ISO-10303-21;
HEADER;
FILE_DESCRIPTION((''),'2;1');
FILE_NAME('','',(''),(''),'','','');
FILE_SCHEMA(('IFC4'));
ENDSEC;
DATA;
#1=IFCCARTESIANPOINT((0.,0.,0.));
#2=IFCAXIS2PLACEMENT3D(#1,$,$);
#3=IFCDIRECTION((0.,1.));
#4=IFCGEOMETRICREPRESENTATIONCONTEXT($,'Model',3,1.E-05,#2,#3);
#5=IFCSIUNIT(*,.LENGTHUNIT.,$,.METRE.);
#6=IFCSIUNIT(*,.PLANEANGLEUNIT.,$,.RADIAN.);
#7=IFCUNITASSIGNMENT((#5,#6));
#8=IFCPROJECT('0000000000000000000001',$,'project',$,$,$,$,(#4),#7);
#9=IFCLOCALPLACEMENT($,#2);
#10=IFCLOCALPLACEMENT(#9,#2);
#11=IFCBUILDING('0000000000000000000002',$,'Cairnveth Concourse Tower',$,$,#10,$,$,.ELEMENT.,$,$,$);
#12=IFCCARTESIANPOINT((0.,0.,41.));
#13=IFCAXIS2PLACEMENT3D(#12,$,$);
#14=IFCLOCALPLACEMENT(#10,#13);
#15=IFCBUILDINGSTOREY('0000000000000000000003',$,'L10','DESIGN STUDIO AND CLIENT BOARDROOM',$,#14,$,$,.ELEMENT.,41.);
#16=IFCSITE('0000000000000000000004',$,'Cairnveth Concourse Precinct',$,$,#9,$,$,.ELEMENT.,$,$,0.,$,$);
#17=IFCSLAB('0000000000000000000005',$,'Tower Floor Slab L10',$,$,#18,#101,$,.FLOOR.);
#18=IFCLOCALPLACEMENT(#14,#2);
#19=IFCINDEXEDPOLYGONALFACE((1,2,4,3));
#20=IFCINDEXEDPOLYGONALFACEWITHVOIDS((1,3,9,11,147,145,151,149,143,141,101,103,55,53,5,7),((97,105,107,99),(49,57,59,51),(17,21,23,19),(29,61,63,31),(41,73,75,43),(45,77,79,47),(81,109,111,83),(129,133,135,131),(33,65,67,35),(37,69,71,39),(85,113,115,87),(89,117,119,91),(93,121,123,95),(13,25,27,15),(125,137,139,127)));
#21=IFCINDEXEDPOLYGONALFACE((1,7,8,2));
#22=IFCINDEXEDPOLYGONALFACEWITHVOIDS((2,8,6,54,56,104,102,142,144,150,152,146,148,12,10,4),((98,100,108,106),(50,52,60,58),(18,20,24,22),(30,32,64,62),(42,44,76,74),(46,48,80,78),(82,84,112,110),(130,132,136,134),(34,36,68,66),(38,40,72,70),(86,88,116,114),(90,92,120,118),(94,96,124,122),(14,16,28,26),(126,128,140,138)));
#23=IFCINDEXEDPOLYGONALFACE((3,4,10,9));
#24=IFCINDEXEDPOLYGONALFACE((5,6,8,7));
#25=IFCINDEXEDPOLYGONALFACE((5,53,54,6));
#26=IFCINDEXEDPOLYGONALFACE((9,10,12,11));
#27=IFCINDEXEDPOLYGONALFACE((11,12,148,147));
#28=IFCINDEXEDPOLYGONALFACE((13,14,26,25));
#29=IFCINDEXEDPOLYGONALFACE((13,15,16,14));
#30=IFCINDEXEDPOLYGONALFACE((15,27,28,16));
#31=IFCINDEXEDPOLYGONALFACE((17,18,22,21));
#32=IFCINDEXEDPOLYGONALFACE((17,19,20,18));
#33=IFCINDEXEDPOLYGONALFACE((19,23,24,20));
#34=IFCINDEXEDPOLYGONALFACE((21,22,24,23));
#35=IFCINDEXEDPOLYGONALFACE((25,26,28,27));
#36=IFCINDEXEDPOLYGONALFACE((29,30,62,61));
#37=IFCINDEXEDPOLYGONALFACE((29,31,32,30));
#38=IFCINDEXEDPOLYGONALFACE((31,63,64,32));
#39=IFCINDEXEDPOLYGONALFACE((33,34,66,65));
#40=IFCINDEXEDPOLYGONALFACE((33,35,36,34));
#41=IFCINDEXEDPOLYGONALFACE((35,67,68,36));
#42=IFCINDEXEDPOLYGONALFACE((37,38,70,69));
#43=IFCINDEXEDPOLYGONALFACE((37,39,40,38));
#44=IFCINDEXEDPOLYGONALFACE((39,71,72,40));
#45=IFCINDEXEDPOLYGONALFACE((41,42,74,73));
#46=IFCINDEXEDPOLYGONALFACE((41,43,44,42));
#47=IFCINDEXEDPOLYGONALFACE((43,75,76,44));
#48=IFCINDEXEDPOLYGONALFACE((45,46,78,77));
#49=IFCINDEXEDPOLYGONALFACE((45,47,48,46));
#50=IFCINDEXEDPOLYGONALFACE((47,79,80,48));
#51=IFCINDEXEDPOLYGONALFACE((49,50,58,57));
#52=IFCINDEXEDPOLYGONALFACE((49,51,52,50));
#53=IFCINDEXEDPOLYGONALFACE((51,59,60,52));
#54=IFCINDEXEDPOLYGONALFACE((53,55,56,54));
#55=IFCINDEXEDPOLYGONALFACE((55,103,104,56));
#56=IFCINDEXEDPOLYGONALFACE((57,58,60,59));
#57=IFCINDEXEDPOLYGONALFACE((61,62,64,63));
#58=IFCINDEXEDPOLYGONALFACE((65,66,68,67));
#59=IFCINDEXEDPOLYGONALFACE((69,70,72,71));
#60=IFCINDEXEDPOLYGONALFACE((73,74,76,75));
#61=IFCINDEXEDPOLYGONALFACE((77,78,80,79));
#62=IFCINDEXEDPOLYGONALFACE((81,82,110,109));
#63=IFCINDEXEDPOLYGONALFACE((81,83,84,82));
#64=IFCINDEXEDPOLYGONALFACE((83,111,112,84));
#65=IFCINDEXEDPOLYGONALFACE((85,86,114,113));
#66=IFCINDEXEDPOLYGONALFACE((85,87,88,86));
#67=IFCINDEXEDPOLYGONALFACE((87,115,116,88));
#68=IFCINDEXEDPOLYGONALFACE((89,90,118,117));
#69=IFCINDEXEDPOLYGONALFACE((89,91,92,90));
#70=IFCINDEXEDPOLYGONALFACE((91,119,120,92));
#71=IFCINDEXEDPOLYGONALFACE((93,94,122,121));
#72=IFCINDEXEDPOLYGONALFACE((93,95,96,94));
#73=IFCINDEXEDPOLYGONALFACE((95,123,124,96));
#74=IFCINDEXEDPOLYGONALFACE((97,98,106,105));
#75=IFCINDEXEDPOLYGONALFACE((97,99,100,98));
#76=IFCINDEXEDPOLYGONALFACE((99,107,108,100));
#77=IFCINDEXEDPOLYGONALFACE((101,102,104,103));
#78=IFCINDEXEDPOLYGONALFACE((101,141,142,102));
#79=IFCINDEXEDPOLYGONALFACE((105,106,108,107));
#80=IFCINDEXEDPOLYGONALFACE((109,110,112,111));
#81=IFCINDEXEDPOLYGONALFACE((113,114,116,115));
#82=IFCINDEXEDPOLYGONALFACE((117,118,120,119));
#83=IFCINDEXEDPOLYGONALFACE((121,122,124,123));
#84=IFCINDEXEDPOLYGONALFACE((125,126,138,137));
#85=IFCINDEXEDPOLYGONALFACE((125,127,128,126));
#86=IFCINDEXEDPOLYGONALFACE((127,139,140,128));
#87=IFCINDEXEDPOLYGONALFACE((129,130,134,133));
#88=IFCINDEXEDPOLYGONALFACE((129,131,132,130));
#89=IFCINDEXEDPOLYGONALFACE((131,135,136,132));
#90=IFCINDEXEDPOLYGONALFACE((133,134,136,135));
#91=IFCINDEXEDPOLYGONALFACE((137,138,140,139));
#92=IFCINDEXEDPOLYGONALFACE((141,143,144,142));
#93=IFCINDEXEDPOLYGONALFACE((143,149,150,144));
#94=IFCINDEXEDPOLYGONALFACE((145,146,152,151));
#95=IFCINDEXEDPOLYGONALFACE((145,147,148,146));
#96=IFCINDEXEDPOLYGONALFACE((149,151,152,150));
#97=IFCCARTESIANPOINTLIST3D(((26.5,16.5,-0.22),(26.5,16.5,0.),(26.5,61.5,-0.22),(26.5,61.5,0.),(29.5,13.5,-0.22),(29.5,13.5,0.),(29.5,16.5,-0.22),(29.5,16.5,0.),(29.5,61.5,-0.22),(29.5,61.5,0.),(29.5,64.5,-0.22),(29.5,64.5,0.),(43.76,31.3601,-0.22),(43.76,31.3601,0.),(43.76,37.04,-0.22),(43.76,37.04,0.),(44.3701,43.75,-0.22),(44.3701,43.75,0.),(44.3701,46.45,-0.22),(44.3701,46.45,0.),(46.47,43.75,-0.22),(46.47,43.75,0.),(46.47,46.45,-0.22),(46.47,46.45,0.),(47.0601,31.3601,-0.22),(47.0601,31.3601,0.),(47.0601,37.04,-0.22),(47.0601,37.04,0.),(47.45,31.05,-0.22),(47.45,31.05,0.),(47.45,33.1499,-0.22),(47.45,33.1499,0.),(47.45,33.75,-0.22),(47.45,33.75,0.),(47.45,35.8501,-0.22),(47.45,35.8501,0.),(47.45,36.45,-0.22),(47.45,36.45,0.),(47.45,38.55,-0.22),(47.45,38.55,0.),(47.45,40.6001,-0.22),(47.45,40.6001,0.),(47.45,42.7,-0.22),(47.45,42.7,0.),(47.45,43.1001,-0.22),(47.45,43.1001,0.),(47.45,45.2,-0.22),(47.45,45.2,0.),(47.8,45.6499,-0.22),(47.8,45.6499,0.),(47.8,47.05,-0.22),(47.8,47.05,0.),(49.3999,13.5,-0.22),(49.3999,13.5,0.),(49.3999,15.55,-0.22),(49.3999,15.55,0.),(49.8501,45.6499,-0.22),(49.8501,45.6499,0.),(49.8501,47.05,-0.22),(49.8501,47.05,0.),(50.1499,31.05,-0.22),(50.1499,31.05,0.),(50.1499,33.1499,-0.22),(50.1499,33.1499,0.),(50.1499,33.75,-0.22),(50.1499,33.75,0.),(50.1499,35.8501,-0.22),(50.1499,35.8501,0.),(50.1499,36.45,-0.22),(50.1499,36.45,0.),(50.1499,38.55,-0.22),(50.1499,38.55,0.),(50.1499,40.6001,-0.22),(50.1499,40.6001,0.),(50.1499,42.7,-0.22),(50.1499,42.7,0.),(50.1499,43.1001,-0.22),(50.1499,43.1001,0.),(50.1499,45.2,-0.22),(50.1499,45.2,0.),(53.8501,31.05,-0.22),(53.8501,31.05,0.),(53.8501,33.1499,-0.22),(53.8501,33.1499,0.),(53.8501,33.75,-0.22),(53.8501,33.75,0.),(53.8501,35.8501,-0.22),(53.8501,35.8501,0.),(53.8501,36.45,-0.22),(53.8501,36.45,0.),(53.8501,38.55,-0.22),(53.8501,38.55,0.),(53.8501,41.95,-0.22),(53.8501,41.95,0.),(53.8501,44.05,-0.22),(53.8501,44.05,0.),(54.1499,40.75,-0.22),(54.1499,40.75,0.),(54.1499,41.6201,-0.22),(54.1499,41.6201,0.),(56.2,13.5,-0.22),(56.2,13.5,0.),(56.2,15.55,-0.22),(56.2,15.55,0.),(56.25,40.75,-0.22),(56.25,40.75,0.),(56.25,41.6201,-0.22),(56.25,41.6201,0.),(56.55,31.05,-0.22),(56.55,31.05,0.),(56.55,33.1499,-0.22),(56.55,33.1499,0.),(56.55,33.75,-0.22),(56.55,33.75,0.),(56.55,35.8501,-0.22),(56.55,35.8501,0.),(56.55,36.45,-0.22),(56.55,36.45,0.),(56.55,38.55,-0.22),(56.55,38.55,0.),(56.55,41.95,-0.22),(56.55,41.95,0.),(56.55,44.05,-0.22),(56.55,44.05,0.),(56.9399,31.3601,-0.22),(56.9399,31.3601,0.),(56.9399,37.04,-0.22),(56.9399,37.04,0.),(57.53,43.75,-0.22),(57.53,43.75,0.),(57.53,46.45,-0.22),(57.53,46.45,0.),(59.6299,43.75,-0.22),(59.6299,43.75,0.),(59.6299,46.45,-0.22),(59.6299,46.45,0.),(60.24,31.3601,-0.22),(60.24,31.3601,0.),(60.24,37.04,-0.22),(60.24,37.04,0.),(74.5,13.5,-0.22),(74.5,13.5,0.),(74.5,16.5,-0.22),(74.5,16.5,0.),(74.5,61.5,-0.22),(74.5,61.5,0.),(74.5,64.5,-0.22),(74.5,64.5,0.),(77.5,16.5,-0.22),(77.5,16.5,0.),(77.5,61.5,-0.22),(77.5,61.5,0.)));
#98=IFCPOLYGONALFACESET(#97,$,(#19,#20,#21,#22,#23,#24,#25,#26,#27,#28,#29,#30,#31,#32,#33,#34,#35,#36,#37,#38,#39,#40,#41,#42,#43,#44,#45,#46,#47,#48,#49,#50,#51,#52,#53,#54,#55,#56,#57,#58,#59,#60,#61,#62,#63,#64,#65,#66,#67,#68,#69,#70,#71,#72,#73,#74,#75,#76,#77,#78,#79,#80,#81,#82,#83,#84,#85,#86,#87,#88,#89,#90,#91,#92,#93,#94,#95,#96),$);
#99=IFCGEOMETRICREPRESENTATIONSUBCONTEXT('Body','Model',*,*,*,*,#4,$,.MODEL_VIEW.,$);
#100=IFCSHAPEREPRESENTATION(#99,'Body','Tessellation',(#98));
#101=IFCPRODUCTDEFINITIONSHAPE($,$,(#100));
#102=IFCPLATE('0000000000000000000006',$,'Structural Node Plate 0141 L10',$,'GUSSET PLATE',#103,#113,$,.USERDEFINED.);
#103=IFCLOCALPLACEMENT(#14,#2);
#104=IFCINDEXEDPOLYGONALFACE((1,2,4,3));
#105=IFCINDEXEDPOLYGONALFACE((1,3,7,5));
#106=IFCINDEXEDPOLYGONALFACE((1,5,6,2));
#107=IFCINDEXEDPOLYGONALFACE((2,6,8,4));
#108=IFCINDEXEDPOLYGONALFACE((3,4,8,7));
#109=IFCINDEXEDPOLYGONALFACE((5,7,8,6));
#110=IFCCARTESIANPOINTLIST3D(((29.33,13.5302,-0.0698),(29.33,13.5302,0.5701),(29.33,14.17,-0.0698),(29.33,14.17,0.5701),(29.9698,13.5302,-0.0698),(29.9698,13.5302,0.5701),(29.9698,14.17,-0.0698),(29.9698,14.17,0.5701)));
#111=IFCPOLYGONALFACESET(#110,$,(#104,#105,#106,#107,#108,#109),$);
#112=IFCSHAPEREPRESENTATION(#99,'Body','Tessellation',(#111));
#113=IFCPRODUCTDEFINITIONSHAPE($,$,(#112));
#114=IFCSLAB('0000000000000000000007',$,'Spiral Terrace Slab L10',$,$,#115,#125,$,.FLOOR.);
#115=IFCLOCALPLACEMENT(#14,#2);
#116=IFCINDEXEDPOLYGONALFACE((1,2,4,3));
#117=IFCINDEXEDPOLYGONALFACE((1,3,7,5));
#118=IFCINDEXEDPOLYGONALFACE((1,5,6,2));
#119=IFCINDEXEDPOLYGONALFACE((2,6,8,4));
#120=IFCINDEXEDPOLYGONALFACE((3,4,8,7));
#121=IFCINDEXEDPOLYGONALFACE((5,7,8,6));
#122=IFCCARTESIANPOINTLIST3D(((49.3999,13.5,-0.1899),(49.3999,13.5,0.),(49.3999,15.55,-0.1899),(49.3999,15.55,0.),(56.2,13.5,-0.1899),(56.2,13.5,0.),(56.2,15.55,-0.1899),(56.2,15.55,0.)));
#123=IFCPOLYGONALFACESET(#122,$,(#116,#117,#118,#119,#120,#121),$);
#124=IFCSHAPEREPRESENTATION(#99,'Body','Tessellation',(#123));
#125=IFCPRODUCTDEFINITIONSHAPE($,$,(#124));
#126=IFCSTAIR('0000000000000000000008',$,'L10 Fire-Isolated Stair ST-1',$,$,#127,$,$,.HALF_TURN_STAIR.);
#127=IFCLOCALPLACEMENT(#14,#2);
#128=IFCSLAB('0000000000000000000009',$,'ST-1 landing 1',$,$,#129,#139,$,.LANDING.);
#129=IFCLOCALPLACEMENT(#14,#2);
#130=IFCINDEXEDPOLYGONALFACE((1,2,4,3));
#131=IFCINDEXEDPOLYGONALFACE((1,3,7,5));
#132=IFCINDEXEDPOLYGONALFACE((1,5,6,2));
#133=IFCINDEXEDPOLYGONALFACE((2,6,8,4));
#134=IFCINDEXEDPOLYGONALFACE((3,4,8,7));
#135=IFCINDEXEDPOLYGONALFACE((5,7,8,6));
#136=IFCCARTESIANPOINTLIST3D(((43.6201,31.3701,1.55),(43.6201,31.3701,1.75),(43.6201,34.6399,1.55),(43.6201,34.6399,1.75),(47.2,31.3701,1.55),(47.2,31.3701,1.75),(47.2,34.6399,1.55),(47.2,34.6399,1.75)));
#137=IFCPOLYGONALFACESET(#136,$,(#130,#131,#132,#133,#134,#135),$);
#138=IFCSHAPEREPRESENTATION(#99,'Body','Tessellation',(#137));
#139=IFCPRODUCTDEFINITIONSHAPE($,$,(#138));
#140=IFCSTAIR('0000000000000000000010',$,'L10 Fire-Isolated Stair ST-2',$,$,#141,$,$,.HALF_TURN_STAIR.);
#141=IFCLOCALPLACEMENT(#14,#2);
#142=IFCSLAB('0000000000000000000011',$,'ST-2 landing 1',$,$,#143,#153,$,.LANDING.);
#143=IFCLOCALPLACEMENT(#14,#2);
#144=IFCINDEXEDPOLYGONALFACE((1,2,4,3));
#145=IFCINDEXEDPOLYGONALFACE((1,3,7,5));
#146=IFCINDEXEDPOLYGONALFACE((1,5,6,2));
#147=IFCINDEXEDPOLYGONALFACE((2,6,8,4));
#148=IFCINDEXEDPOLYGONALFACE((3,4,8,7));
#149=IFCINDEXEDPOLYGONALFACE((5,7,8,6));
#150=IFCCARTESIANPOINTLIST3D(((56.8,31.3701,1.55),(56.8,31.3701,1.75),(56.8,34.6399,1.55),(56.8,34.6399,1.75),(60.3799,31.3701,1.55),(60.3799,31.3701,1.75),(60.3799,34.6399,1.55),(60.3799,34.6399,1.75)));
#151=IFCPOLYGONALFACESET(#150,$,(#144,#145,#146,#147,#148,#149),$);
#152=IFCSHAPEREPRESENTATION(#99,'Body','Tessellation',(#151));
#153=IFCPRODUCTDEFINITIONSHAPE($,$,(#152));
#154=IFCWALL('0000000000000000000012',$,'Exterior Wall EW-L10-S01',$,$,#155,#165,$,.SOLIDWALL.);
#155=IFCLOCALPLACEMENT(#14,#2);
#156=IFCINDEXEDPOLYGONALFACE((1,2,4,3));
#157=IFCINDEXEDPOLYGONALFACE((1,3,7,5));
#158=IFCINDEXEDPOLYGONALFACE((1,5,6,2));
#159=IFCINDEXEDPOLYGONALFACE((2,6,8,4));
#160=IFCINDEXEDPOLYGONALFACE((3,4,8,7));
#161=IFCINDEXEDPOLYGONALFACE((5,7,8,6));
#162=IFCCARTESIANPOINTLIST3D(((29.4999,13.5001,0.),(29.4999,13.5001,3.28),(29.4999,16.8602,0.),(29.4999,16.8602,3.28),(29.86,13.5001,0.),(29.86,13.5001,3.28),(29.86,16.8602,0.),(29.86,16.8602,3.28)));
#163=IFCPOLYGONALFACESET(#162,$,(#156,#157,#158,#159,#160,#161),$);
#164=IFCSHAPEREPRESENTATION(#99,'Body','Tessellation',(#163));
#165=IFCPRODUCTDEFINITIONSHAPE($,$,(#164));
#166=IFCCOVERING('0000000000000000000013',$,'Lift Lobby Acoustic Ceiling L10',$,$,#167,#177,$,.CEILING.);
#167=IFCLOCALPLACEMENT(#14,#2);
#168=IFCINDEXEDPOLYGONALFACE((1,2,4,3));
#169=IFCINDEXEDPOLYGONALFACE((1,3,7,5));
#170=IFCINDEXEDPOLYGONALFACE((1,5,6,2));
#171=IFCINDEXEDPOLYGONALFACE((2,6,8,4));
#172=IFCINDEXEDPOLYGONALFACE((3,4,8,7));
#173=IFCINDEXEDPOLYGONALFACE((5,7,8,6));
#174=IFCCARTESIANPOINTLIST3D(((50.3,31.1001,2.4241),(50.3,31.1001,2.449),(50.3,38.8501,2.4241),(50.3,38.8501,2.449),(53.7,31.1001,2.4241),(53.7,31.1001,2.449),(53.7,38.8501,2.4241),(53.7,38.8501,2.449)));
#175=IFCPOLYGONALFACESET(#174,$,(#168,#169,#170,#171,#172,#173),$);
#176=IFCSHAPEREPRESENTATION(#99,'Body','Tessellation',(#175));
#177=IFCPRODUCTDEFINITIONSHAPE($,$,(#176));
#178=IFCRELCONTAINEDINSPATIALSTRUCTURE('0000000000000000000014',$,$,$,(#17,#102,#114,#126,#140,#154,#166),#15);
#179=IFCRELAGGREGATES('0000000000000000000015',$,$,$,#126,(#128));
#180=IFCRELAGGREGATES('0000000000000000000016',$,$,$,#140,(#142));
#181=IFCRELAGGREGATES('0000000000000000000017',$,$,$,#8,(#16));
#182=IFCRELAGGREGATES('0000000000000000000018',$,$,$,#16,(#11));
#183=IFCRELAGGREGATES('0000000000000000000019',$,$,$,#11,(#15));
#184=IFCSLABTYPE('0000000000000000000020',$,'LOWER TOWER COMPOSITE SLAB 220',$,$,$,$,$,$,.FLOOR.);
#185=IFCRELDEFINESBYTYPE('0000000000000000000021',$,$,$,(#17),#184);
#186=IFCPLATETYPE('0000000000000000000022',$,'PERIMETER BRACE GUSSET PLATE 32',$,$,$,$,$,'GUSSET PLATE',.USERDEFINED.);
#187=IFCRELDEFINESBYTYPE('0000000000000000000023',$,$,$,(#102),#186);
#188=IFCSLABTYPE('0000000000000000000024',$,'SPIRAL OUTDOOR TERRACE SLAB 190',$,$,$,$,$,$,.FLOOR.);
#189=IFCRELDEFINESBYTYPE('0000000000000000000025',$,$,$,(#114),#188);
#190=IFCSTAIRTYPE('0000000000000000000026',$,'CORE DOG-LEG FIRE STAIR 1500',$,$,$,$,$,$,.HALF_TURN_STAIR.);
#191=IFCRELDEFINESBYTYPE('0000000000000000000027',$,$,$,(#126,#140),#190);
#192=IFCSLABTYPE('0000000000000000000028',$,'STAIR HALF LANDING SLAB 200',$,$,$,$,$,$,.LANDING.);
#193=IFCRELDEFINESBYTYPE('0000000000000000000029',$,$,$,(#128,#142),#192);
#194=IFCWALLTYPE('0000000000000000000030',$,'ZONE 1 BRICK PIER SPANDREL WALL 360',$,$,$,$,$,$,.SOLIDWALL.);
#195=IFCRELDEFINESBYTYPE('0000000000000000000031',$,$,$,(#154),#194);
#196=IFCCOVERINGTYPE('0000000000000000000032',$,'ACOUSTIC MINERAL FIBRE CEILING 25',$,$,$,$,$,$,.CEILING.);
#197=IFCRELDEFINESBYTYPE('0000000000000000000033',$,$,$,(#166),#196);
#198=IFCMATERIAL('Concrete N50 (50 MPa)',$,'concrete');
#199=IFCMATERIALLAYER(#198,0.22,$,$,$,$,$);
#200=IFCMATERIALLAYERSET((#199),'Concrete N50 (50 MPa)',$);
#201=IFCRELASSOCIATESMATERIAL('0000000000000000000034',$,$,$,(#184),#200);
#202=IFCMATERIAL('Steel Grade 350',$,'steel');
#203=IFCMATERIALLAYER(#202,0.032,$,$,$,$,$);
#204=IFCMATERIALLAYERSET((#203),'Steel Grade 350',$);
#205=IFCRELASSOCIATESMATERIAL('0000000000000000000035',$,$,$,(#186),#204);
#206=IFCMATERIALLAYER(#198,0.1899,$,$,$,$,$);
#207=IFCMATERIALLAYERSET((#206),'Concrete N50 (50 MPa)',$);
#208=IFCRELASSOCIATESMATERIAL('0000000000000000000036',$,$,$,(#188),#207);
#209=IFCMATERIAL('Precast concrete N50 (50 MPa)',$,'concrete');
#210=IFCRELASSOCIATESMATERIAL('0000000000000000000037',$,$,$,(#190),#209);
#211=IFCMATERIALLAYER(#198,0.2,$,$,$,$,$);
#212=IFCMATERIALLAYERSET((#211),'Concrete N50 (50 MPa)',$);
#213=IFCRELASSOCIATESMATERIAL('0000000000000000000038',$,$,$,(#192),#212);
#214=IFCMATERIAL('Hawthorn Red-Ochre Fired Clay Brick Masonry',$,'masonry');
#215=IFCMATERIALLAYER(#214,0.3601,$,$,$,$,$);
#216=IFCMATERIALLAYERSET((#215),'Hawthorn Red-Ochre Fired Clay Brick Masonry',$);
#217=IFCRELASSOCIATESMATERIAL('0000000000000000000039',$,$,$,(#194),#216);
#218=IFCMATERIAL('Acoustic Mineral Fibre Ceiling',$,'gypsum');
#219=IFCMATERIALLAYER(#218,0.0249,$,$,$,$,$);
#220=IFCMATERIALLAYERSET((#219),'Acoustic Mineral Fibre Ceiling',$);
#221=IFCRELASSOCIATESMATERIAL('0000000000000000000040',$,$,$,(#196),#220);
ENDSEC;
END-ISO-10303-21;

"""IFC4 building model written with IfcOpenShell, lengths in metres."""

from ifc_helpers import new_model, si_unit, direction, frame, frame_2d, origin, origin_2d, place, context, subcontext, project, spatial, polyline, rectangle, outline, extrude, material, layer, layer_set, type_object, element, aggregate, save


model = new_model("IFC4")

# Units and contexts
model_context = context("Model", 3, precision=1e-05, world=origin(), true_north=direction((0.0, 1.0)))
body_context = subcontext(model_context, "Body", "Model", "MODEL_VIEW")
ifc_project = project(units=[si_unit("LENGTHUNIT", "METRE"), si_unit("PLANEANGLEUNIT", "RADIAN")], contexts=[model_context])

# Site, building, storey
site_placement = place(None, origin())
site = spatial("IfcSite", under=ifc_project, at=site_placement, Name="Cairnveth Concourse Precinct", CompositionType="ELEMENT", RefElevation=0.0)
building_placement = place(site_placement, origin())
building = spatial("IfcBuilding", under=site, at=building_placement, Name="Cairnveth Concourse Tower", CompositionType="ELEMENT")
storey_placement = place(building_placement, frame((0.0, 0.0, 41.0)))
storey = spatial("IfcBuildingStorey", under=building, at=storey_placement, Name="L10", Description="DESIGN STUDIO AND CLIENT BOARDROOM", CompositionType="ELEMENT", Elevation=41.0)

# Shared definitions
ifc_material_1 = material(Name="Steel Grade 350", Category="steel")

# Slab
ifc_material_2 = material(Name="Concrete N50 (50 MPa)", Category="concrete")
ifc_layer_1 = layer(ifc_material_2, 0.22)
ifc_layer_set_1 = layer_set([ifc_layer_1], Name="Concrete N50 (50 MPa)")
slab_type_1 = type_object("IfcSlabType", Name="LOWER TOWER COMPOSITE SLAB 220", PredefinedType="FLOOR", material=ifc_layer_set_1)
slab_1_placement = place(storey_placement, frame((0.0, 0.0, -0.22)))
element("IfcSlab", 1, at=slab_1_placement, inside=storey, type_object=slab_type_1, Name="Tower Floor Slab L10", PredefinedType="FLOOR", context=body_context, shape_type="SweptSolid", body=[
    extrude(outline(polyline([(49.3999, 13.5), (49.3999, 15.55), (56.2, 15.55), (56.2, 13.5), (74.5, 13.5), (74.5, 16.5), (77.5, 16.5), (77.5, 61.5), (74.5, 61.5), (74.5, 64.5), (29.5, 64.5), (29.5, 61.5), (26.5, 61.5), (26.5, 16.5), (29.5, 16.5), (29.5, 13.5), (49.3999, 13.5)]), holes=[polyline([(43.76, 31.3601), (47.0601, 31.3601), (47.0601, 37.04), (43.76, 37.04), (43.76, 31.3601)]), polyline([(56.9399, 31.3601), (60.24, 31.3601), (60.24, 37.04), (56.9399, 37.04), (56.9399, 31.3601)]), polyline([(44.3701, 43.75), (46.47, 43.75), (46.47, 46.45), (44.3701, 46.45), (44.3701, 43.75)]), polyline([(57.53, 43.75), (59.6299, 43.75), (59.6299, 46.45), (57.53, 46.45), (57.53, 43.75)]), polyline([(47.45, 31.05), (50.1499, 31.05), (50.1499, 33.1499), (47.45, 33.1499), (47.45, 31.05)]), polyline([(47.45, 33.75), (50.1499, 33.75), (50.1499, 35.8501), (47.45, 35.8501), (47.45, 33.75)]), polyline([(47.45, 36.45), (50.1499, 36.45), (50.1499, 38.55), (47.45, 38.55), (47.45, 36.45)]), polyline([(53.8501, 31.05), (56.55, 31.05), (56.55, 33.1499), (53.8501, 33.1499), (53.8501, 31.05)]), polyline([(53.8501, 33.75), (56.55, 33.75), (56.55, 35.8501), (53.8501, 35.8501), (53.8501, 33.75)]), polyline([(53.8501, 36.45), (56.55, 36.45), (56.55, 38.55), (53.8501, 38.55), (53.8501, 36.45)]), polyline([(47.45, 40.6001), (50.1499, 40.6001), (50.1499, 42.7), (47.45, 42.7), (47.45, 40.6001)]), polyline([(47.45, 43.1001), (50.1499, 43.1001), (50.1499, 45.2), (47.45, 45.2), (47.45, 43.1001)]), polyline([(53.8501, 41.95), (56.55, 41.95), (56.55, 44.05), (53.8501, 44.05), (53.8501, 41.95)]), polyline([(47.8, 45.6499), (49.8501, 45.6499), (49.8501, 47.05), (47.8, 47.05), (47.8, 45.6499)]), polyline([(54.1499, 40.75), (56.25, 40.75), (56.25, 41.6201), (54.1499, 41.6201), (54.1499, 40.75)])]), origin(), (0.0, 0.0, 1.0), 0.22),
])

# Plate
ifc_layer_2 = layer(ifc_material_1, 0.032)
ifc_layer_set_2 = layer_set([ifc_layer_2], Name="Steel Grade 350")
plate_type = type_object("IfcPlateType", Name="PERIMETER BRACE GUSSET PLATE 32", ElementType="GUSSET PLATE", PredefinedType="USERDEFINED", material=ifc_layer_set_2)
plate_placement = place(storey_placement, frame((29.6499, 13.8501, -0.0698), z_axis=(0.0, 0.0, 1.0), x_axis=(1.0, 0.0, 0.0)))
element("IfcPlate", 2, at=plate_placement, inside=storey, type_object=plate_type, Name="Structural Node Plate 0141 L10", ObjectType="GUSSET PLATE", PredefinedType="USERDEFINED", context=body_context, shape_type="SweptSolid", body=[
    extrude(rectangle(XDim=0.6399, YDim=0.6399, at=origin_2d()), origin(), (0.0, 0.0, 1.0), 0.6399),
])

# Slab
ifc_layer_3 = layer(ifc_material_2, 0.1899)
ifc_layer_set_3 = layer_set([ifc_layer_3], Name="Concrete N50 (50 MPa)")
slab_type_2 = type_object("IfcSlabType", Name="SPIRAL OUTDOOR TERRACE SLAB 190", PredefinedType="FLOOR", material=ifc_layer_set_3)
slab_2_placement = place(storey_placement, frame((0.0, 0.0, -0.1899)))
element("IfcSlab", 3, at=slab_2_placement, inside=storey, type_object=slab_type_2, Name="Spiral Terrace Slab L10", PredefinedType="FLOOR", context=body_context, shape_type="SweptSolid", body=[
    extrude(outline(polyline([(49.3999, 13.5), (56.2, 13.5), (56.2, 15.55), (49.3999, 15.55), (49.3999, 13.5)])), origin(), (0.0, 0.0, 1.0), 0.1899),
])

# Stairs, slabs
ifc_material_3 = material(Name="Precast concrete N50 (50 MPa)", Category="concrete")
stair_type = type_object("IfcStairType", Name="CORE DOG-LEG FIRE STAIR 1500", PredefinedType="HALF_TURN_STAIR", material=ifc_material_3)
stair_1_placement = place(storey_placement, origin())
stair_1 = element("IfcStair", 4, at=stair_1_placement, inside=storey, type_object=stair_type, Name="L10 Fire-Isolated Stair ST-1", PredefinedType="HALF_TURN_STAIR")
ifc_layer_4 = layer(ifc_material_2, 0.2)
ifc_layer_set_4 = layer_set([ifc_layer_4], Name="Concrete N50 (50 MPa)")
slab_type_3 = type_object("IfcSlabType", Name="STAIR HALF LANDING SLAB 200", PredefinedType="LANDING", material=ifc_layer_set_4)
slab_3_placement = place(storey_placement, frame((0.0, 0.0, 1.55)))
slab_3 = element("IfcSlab", 5, at=slab_3_placement, type_object=slab_type_3, Name="ST-1 landing 1", PredefinedType="LANDING", context=body_context, shape_type="SweptSolid", body=[
    extrude(outline(polyline([(43.6201, 34.6399), (43.6201, 31.3701), (47.2, 31.3701), (47.2, 34.6399), (43.6201, 34.6399)])), origin(), (0.0, 0.0, 1.0), 0.2),
])
aggregate(stair_1, [slab_3])
stair_2_placement = place(storey_placement, origin())
stair_2 = element("IfcStair", 6, at=stair_2_placement, inside=storey, type_object=stair_type, Name="L10 Fire-Isolated Stair ST-2", PredefinedType="HALF_TURN_STAIR")
slab_4_placement = place(storey_placement, frame((0.0, 0.0, 1.55)))
slab_4 = element("IfcSlab", 7, at=slab_4_placement, type_object=slab_type_3, Name="ST-2 landing 1", PredefinedType="LANDING", context=body_context, shape_type="SweptSolid", body=[
    extrude(outline(polyline([(56.8, 34.6399), (56.8, 31.3701), (60.3799, 31.3701), (60.3799, 34.6399), (56.8, 34.6399)])), origin(), (0.0, 0.0, 1.0), 0.2),
])
aggregate(stair_2, [slab_4])

# Wall
ifc_material_4 = material(Name="Hawthorn Red-Ochre Fired Clay Brick Masonry", Category="masonry")
ifc_layer_5 = layer(ifc_material_4, 0.3601)
ifc_layer_set_5 = layer_set([ifc_layer_5], Name="Hawthorn Red-Ochre Fired Clay Brick Masonry")
wall_type = type_object("IfcWallType", Name="ZONE 1 BRICK PIER SPANDREL WALL 360", PredefinedType="SOLIDWALL", material=ifc_layer_set_5)
wall_1_placement = place(storey_placement, frame((29.6799, 13.5, 0.0), z_axis=(0.0, 0.0, 1.0), x_axis=(0.0, 1.0, 0.0)))
element("IfcWall", 8, at=wall_1_placement, inside=storey, type_object=wall_type, Name="Exterior Wall EW-L10-S01", PredefinedType="SOLIDWALL", context=body_context, shape_type="SweptSolid", body=[
    extrude(rectangle(XDim=3.3601, YDim=0.3601, at=frame_2d((1.6802, 0.0))), origin(), (0.0, 0.0, 1.0), 3.28),
])

# Covering
ifc_material_5 = material(Name="Acoustic Mineral Fibre Ceiling", Category="gypsum")
ifc_layer_6 = layer(ifc_material_5, 0.0249)
ifc_layer_set_6 = layer_set([ifc_layer_6], Name="Acoustic Mineral Fibre Ceiling")
covering_type_1 = type_object("IfcCoveringType", Name="ACOUSTIC MINERAL FIBRE CEILING 25", PredefinedType="CEILING", material=ifc_layer_set_6)
covering_1_placement = place(storey_placement, frame((0.0, 0.0, 2.4241)))
element("IfcCovering", 9, at=covering_1_placement, inside=storey, type_object=covering_type_1, Name="Lift Lobby Acoustic Ceiling L10", PredefinedType="CEILING", context=body_context, shape_type="SweptSolid", body=[
    extrude(outline(polyline([(50.3, 31.1001), (53.7, 31.1001), (53.7, 38.8501), (50.3, 38.8501), (50.3, 31.1001)])), origin(), (0.0, 0.0, 1.0), 0.0249),
])

save(model, "model.ifc")
